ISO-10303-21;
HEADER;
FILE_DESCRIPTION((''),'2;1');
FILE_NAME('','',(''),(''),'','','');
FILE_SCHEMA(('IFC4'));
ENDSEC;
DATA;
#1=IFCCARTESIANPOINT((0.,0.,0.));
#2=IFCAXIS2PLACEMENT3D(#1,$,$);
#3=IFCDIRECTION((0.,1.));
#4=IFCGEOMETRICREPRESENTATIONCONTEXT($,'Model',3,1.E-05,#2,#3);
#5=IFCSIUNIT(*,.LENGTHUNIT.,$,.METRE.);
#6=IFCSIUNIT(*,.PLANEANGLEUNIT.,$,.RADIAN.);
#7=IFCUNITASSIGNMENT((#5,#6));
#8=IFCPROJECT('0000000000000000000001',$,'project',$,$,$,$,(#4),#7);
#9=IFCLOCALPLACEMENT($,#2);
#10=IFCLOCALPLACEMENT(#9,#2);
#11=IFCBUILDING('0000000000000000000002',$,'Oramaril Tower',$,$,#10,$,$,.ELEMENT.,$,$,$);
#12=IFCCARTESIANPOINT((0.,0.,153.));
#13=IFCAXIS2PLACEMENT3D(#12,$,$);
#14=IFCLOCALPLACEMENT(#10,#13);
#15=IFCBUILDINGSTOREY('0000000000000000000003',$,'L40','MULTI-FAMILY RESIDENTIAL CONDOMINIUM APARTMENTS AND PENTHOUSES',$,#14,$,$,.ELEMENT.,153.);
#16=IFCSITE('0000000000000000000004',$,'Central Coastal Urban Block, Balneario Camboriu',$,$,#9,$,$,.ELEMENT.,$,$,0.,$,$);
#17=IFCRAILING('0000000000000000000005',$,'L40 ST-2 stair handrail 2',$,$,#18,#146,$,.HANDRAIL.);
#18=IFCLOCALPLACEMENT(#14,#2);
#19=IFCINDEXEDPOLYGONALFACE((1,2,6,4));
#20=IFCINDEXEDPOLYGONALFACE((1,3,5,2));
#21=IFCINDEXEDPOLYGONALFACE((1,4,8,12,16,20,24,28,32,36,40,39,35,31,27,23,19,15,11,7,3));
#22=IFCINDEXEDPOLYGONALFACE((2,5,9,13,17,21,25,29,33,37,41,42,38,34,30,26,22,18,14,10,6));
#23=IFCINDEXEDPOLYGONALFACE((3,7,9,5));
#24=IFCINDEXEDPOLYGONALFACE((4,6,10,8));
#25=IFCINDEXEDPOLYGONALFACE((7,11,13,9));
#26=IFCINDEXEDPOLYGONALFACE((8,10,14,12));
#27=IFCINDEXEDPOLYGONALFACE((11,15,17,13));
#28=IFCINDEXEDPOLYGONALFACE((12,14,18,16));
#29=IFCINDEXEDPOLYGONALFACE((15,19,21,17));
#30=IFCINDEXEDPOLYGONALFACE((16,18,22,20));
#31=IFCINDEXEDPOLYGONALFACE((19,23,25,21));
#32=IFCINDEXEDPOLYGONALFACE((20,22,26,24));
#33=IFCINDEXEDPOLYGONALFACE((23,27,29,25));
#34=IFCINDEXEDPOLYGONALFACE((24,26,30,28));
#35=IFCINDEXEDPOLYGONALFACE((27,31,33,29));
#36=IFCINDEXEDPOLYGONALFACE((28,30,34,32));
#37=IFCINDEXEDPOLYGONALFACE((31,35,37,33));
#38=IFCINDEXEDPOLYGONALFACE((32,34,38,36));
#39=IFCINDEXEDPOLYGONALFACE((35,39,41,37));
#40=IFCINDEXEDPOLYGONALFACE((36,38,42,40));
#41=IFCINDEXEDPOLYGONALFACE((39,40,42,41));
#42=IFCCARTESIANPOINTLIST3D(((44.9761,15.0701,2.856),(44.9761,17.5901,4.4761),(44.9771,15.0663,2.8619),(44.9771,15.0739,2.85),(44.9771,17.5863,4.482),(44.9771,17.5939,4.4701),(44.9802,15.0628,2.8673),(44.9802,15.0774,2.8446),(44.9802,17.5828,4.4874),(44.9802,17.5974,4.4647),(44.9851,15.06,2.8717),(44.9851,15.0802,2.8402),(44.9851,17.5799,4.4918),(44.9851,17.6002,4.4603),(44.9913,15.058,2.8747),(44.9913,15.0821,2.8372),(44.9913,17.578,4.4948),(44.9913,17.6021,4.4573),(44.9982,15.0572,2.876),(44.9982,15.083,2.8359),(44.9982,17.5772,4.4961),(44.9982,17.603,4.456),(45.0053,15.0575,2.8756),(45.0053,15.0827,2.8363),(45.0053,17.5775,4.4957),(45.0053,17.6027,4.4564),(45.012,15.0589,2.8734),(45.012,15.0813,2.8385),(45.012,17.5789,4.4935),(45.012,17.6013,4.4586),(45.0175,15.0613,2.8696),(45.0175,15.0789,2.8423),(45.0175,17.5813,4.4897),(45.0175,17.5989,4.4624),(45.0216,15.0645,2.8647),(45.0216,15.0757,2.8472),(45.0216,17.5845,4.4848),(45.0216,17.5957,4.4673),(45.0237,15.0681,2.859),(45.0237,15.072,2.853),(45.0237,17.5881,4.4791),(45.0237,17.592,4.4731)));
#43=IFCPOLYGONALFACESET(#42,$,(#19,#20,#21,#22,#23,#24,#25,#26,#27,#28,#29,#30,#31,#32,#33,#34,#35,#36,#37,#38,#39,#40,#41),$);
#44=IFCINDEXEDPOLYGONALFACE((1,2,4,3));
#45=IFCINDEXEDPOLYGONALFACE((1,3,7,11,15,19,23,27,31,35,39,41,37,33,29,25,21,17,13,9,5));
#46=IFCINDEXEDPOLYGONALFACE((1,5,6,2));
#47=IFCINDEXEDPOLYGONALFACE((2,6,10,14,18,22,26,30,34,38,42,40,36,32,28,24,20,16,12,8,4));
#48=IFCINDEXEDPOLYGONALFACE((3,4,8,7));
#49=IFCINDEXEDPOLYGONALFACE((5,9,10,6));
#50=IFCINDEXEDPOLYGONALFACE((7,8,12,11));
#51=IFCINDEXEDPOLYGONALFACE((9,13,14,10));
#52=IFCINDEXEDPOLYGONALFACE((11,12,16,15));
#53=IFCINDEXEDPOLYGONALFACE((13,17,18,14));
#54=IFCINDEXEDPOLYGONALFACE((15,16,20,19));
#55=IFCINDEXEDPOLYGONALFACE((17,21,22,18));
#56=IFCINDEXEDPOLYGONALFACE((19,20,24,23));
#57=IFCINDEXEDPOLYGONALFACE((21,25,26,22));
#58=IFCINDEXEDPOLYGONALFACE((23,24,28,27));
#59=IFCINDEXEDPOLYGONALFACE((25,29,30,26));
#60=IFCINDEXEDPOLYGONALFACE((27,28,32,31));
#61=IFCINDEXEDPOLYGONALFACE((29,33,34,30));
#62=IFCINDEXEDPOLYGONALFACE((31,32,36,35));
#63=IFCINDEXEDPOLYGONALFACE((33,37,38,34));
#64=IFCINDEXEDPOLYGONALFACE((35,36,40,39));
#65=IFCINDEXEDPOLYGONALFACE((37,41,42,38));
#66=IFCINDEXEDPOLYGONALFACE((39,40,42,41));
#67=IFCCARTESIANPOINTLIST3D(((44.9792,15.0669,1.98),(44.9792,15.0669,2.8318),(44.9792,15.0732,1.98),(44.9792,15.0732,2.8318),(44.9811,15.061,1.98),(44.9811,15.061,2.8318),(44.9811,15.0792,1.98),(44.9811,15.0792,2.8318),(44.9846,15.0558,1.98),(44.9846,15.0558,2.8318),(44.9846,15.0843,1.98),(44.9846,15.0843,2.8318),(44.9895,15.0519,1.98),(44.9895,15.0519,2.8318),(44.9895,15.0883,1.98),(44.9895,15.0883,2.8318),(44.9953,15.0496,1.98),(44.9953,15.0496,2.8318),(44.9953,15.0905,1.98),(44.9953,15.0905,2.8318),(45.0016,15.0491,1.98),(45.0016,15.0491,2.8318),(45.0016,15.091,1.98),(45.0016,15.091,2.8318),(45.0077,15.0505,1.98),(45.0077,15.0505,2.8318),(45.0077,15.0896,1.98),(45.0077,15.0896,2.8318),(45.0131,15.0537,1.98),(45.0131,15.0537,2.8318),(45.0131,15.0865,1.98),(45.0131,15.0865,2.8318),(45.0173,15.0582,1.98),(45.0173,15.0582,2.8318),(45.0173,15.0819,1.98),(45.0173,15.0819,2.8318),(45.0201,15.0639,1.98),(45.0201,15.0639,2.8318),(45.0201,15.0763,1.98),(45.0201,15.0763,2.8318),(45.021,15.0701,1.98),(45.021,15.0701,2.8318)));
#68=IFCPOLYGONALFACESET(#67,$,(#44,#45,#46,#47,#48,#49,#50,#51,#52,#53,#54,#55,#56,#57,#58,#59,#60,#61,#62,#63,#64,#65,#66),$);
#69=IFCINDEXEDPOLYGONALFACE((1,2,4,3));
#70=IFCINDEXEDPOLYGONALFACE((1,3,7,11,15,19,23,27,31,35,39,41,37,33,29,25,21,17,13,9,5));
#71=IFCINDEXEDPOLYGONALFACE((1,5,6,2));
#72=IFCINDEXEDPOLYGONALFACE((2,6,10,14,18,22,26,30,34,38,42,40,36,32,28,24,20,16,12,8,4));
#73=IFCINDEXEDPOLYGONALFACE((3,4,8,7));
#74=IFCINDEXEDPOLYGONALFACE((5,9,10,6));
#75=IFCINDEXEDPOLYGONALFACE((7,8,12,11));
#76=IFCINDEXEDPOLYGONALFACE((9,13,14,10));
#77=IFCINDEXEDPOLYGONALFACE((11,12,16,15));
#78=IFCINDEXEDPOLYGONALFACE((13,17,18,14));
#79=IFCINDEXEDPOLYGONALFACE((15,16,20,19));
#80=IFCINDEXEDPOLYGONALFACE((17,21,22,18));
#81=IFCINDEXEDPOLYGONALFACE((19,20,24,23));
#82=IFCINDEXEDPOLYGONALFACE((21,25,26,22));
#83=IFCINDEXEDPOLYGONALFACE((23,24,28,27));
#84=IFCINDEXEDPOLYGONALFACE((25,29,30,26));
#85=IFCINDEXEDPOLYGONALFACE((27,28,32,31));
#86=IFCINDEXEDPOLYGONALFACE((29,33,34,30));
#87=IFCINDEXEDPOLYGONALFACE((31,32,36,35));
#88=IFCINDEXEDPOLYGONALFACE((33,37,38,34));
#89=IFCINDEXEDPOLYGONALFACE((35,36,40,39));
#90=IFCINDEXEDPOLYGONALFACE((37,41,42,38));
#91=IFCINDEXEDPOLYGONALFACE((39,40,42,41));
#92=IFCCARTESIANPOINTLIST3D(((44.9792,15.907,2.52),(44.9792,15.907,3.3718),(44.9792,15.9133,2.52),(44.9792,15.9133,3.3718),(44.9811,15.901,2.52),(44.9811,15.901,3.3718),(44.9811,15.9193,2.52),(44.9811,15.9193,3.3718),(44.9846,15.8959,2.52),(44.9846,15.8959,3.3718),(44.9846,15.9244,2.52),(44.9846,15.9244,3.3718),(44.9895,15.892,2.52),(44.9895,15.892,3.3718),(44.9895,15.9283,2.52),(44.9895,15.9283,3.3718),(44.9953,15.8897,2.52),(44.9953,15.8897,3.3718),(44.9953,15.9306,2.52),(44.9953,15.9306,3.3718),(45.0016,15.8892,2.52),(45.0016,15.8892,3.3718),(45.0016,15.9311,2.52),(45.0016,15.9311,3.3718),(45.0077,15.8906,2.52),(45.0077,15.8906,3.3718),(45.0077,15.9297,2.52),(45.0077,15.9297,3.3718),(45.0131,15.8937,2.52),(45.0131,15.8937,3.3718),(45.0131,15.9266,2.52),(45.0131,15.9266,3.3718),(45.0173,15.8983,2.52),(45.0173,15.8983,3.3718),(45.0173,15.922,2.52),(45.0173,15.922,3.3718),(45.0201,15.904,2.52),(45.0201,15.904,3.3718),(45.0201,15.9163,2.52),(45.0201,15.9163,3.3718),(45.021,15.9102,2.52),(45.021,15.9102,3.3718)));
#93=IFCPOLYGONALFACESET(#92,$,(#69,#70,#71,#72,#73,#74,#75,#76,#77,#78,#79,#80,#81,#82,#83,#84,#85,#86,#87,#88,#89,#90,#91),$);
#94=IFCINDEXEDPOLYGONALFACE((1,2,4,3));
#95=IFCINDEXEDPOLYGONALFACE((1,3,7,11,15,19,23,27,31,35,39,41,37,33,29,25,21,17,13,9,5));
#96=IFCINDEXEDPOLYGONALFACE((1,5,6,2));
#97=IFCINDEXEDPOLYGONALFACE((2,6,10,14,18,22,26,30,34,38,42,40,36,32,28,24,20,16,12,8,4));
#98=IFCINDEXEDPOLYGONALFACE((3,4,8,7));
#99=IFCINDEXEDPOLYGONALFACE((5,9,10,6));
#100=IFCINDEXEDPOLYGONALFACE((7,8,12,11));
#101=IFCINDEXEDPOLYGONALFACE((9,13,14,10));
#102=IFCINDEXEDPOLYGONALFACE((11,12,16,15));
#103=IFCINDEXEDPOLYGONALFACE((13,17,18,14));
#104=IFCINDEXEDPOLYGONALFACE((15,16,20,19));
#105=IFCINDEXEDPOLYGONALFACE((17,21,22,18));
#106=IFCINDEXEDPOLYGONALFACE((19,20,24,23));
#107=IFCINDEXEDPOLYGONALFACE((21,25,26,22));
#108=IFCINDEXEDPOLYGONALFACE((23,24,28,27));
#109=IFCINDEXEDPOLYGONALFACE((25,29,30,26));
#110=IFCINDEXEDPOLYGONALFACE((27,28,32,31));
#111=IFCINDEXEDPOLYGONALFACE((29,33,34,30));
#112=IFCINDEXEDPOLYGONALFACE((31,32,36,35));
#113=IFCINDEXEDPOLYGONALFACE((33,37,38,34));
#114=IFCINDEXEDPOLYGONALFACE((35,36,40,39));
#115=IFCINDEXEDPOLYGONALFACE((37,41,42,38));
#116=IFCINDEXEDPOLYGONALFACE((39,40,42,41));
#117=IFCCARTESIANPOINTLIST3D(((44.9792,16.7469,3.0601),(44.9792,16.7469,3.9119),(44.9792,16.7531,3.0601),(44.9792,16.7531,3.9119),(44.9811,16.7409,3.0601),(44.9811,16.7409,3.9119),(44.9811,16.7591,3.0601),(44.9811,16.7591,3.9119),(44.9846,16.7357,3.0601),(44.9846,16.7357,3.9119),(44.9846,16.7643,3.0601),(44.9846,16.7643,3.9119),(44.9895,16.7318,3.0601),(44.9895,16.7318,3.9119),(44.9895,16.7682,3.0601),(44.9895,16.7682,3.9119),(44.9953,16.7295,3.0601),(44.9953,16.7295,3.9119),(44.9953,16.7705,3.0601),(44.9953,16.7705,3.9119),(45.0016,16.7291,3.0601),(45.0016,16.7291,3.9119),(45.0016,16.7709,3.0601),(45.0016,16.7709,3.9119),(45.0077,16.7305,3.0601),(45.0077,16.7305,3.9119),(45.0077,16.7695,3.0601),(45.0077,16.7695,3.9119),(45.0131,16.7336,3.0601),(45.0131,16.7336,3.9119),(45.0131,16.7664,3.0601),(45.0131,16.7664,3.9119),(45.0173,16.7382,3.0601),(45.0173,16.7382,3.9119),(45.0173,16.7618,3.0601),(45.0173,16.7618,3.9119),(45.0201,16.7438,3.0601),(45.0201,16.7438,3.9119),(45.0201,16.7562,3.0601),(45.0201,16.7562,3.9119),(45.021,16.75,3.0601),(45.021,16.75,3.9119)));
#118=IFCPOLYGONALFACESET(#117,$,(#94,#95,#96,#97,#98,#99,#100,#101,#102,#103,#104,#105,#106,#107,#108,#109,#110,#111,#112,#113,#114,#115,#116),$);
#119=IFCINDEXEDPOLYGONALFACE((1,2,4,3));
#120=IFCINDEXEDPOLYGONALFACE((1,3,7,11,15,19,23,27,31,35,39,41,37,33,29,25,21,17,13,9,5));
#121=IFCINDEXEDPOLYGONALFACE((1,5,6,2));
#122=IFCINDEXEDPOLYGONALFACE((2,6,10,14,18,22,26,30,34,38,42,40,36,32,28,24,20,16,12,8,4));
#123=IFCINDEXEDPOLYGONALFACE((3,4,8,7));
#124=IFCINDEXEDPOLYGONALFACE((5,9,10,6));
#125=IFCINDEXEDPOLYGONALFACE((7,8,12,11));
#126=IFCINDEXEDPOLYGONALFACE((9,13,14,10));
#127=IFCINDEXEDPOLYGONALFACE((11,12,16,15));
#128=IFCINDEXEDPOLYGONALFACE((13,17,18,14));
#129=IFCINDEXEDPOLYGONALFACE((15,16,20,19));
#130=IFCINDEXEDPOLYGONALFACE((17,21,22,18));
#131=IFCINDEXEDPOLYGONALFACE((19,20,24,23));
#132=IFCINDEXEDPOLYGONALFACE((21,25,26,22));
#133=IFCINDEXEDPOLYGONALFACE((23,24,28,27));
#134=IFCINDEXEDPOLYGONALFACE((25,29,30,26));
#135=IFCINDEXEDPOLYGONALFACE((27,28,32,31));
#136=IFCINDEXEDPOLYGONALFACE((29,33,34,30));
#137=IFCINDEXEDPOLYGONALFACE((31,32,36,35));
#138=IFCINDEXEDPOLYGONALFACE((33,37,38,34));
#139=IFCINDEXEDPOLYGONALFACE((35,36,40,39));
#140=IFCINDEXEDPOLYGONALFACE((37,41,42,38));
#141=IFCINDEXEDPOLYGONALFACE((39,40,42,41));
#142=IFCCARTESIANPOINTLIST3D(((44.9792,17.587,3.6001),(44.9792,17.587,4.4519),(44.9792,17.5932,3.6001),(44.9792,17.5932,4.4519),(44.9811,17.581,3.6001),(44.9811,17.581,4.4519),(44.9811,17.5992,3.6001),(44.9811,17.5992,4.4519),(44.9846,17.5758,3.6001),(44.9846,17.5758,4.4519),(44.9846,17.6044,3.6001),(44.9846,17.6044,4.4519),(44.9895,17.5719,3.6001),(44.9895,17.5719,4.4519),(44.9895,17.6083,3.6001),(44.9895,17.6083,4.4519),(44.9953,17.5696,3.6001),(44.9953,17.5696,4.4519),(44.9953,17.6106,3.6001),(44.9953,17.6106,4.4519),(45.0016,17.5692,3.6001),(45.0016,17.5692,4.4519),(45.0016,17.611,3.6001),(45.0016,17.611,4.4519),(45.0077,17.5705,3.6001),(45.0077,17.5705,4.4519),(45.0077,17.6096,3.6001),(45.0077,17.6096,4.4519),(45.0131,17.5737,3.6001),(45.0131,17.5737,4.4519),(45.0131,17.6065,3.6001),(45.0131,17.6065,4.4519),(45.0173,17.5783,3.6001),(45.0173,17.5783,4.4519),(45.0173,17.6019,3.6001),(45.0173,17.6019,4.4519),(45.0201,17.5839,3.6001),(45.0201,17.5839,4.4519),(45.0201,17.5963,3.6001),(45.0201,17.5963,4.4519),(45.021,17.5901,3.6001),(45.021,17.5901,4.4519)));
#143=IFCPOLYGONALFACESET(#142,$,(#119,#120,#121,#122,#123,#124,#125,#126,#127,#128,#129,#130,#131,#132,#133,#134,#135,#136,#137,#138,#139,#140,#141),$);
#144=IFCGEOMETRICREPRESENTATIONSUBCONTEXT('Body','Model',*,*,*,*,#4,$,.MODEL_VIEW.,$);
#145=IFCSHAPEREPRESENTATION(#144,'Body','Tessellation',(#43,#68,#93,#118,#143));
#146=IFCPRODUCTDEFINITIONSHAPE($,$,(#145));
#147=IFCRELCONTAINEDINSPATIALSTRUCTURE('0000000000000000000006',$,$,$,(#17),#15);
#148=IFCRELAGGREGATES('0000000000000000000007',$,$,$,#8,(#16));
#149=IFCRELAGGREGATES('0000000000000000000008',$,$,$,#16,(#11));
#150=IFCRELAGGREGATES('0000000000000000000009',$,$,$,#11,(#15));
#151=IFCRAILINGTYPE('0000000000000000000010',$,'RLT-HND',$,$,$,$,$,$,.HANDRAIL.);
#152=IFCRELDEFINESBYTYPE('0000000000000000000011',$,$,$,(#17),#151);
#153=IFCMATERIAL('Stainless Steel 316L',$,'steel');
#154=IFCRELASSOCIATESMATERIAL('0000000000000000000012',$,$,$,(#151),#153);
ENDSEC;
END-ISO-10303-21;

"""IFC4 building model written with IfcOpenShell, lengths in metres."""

from ifc_helpers import new_model, si_unit, direction, frame, origin, origin_2d, place, context, subcontext, project, spatial, circle, extrude, material, type_object, element, save


model = new_model("IFC4")

# Units and contexts
model_context = context("Model", 3, precision=1e-05, world=origin(), true_north=direction((0.0, 1.0)))
body_context = subcontext(model_context, "Body", "Model", "MODEL_VIEW")
ifc_project = project(units=[si_unit("LENGTHUNIT", "METRE"), si_unit("PLANEANGLEUNIT", "RADIAN")], contexts=[model_context])

# Site, building, storey
site_placement = place(None, origin())
site = spatial("IfcSite", under=ifc_project, at=site_placement, Name="Central Coastal Urban Block, Balneario Camboriu", CompositionType="ELEMENT", RefElevation=0.0)
building_placement = place(site_placement, origin())
building = spatial("IfcBuilding", under=site, at=building_placement, Name="Oramaril Tower", CompositionType="ELEMENT")
storey_placement = place(building_placement, frame((0.0, 0.0, 153.0)))
storey = spatial("IfcBuildingStorey", under=building, at=storey_placement, Name="L40", Description="MULTI-FAMILY RESIDENTIAL CONDOMINIUM APARTMENTS AND PENTHOUSES", CompositionType="ELEMENT", Elevation=153.0)

# Railing
ifc_material_1 = material(Name="Stainless Steel 316L", Category="steel")
railing_type_1 = type_object("IfcRailingType", Name="RLT-HND", PredefinedType="HANDRAIL", material=ifc_material_1)
for number, where, name in (
    (1, (45.0, 15.0701, 1.98), "L40 ST-2 stair handrail 2"),
):
    element("IfcRailing", number, at=place(storey_placement, frame(where)), inside=storey, type_object=railing_type_1, Name=name, PredefinedType="HANDRAIL", context=body_context, shape_type="SweptSolid", body=[
        extrude(circle(Radius=0.0239, at=origin_2d()), frame((0.0, 0.0, 0.876), z_axis=(0.0, 0.841163, 0.540782), x_axis=(-1.0, 0.0, 0.0)), (0.0, 0.0, 1.0), 2.9958),
        extrude(circle(Radius=0.021, at=origin_2d()), origin(), (0.0, 0.0, 1.0), 0.8518),
        extrude(circle(Radius=0.021, at=origin_2d()), frame((0.0, 0.8401, 0.54)), (0.0, 0.0, 1.0), 0.8518),
        extrude(circle(Radius=0.021, at=origin_2d()), frame((0.0, 1.6799, 1.0801)), (0.0, 0.0, 1.0), 0.8518),
        extrude(circle(Radius=0.021, at=origin_2d()), frame((0.0, 2.52, 1.6201)), (0.0, 0.0, 1.0), 0.8518),
    ])

save(model, "model.ifc")
